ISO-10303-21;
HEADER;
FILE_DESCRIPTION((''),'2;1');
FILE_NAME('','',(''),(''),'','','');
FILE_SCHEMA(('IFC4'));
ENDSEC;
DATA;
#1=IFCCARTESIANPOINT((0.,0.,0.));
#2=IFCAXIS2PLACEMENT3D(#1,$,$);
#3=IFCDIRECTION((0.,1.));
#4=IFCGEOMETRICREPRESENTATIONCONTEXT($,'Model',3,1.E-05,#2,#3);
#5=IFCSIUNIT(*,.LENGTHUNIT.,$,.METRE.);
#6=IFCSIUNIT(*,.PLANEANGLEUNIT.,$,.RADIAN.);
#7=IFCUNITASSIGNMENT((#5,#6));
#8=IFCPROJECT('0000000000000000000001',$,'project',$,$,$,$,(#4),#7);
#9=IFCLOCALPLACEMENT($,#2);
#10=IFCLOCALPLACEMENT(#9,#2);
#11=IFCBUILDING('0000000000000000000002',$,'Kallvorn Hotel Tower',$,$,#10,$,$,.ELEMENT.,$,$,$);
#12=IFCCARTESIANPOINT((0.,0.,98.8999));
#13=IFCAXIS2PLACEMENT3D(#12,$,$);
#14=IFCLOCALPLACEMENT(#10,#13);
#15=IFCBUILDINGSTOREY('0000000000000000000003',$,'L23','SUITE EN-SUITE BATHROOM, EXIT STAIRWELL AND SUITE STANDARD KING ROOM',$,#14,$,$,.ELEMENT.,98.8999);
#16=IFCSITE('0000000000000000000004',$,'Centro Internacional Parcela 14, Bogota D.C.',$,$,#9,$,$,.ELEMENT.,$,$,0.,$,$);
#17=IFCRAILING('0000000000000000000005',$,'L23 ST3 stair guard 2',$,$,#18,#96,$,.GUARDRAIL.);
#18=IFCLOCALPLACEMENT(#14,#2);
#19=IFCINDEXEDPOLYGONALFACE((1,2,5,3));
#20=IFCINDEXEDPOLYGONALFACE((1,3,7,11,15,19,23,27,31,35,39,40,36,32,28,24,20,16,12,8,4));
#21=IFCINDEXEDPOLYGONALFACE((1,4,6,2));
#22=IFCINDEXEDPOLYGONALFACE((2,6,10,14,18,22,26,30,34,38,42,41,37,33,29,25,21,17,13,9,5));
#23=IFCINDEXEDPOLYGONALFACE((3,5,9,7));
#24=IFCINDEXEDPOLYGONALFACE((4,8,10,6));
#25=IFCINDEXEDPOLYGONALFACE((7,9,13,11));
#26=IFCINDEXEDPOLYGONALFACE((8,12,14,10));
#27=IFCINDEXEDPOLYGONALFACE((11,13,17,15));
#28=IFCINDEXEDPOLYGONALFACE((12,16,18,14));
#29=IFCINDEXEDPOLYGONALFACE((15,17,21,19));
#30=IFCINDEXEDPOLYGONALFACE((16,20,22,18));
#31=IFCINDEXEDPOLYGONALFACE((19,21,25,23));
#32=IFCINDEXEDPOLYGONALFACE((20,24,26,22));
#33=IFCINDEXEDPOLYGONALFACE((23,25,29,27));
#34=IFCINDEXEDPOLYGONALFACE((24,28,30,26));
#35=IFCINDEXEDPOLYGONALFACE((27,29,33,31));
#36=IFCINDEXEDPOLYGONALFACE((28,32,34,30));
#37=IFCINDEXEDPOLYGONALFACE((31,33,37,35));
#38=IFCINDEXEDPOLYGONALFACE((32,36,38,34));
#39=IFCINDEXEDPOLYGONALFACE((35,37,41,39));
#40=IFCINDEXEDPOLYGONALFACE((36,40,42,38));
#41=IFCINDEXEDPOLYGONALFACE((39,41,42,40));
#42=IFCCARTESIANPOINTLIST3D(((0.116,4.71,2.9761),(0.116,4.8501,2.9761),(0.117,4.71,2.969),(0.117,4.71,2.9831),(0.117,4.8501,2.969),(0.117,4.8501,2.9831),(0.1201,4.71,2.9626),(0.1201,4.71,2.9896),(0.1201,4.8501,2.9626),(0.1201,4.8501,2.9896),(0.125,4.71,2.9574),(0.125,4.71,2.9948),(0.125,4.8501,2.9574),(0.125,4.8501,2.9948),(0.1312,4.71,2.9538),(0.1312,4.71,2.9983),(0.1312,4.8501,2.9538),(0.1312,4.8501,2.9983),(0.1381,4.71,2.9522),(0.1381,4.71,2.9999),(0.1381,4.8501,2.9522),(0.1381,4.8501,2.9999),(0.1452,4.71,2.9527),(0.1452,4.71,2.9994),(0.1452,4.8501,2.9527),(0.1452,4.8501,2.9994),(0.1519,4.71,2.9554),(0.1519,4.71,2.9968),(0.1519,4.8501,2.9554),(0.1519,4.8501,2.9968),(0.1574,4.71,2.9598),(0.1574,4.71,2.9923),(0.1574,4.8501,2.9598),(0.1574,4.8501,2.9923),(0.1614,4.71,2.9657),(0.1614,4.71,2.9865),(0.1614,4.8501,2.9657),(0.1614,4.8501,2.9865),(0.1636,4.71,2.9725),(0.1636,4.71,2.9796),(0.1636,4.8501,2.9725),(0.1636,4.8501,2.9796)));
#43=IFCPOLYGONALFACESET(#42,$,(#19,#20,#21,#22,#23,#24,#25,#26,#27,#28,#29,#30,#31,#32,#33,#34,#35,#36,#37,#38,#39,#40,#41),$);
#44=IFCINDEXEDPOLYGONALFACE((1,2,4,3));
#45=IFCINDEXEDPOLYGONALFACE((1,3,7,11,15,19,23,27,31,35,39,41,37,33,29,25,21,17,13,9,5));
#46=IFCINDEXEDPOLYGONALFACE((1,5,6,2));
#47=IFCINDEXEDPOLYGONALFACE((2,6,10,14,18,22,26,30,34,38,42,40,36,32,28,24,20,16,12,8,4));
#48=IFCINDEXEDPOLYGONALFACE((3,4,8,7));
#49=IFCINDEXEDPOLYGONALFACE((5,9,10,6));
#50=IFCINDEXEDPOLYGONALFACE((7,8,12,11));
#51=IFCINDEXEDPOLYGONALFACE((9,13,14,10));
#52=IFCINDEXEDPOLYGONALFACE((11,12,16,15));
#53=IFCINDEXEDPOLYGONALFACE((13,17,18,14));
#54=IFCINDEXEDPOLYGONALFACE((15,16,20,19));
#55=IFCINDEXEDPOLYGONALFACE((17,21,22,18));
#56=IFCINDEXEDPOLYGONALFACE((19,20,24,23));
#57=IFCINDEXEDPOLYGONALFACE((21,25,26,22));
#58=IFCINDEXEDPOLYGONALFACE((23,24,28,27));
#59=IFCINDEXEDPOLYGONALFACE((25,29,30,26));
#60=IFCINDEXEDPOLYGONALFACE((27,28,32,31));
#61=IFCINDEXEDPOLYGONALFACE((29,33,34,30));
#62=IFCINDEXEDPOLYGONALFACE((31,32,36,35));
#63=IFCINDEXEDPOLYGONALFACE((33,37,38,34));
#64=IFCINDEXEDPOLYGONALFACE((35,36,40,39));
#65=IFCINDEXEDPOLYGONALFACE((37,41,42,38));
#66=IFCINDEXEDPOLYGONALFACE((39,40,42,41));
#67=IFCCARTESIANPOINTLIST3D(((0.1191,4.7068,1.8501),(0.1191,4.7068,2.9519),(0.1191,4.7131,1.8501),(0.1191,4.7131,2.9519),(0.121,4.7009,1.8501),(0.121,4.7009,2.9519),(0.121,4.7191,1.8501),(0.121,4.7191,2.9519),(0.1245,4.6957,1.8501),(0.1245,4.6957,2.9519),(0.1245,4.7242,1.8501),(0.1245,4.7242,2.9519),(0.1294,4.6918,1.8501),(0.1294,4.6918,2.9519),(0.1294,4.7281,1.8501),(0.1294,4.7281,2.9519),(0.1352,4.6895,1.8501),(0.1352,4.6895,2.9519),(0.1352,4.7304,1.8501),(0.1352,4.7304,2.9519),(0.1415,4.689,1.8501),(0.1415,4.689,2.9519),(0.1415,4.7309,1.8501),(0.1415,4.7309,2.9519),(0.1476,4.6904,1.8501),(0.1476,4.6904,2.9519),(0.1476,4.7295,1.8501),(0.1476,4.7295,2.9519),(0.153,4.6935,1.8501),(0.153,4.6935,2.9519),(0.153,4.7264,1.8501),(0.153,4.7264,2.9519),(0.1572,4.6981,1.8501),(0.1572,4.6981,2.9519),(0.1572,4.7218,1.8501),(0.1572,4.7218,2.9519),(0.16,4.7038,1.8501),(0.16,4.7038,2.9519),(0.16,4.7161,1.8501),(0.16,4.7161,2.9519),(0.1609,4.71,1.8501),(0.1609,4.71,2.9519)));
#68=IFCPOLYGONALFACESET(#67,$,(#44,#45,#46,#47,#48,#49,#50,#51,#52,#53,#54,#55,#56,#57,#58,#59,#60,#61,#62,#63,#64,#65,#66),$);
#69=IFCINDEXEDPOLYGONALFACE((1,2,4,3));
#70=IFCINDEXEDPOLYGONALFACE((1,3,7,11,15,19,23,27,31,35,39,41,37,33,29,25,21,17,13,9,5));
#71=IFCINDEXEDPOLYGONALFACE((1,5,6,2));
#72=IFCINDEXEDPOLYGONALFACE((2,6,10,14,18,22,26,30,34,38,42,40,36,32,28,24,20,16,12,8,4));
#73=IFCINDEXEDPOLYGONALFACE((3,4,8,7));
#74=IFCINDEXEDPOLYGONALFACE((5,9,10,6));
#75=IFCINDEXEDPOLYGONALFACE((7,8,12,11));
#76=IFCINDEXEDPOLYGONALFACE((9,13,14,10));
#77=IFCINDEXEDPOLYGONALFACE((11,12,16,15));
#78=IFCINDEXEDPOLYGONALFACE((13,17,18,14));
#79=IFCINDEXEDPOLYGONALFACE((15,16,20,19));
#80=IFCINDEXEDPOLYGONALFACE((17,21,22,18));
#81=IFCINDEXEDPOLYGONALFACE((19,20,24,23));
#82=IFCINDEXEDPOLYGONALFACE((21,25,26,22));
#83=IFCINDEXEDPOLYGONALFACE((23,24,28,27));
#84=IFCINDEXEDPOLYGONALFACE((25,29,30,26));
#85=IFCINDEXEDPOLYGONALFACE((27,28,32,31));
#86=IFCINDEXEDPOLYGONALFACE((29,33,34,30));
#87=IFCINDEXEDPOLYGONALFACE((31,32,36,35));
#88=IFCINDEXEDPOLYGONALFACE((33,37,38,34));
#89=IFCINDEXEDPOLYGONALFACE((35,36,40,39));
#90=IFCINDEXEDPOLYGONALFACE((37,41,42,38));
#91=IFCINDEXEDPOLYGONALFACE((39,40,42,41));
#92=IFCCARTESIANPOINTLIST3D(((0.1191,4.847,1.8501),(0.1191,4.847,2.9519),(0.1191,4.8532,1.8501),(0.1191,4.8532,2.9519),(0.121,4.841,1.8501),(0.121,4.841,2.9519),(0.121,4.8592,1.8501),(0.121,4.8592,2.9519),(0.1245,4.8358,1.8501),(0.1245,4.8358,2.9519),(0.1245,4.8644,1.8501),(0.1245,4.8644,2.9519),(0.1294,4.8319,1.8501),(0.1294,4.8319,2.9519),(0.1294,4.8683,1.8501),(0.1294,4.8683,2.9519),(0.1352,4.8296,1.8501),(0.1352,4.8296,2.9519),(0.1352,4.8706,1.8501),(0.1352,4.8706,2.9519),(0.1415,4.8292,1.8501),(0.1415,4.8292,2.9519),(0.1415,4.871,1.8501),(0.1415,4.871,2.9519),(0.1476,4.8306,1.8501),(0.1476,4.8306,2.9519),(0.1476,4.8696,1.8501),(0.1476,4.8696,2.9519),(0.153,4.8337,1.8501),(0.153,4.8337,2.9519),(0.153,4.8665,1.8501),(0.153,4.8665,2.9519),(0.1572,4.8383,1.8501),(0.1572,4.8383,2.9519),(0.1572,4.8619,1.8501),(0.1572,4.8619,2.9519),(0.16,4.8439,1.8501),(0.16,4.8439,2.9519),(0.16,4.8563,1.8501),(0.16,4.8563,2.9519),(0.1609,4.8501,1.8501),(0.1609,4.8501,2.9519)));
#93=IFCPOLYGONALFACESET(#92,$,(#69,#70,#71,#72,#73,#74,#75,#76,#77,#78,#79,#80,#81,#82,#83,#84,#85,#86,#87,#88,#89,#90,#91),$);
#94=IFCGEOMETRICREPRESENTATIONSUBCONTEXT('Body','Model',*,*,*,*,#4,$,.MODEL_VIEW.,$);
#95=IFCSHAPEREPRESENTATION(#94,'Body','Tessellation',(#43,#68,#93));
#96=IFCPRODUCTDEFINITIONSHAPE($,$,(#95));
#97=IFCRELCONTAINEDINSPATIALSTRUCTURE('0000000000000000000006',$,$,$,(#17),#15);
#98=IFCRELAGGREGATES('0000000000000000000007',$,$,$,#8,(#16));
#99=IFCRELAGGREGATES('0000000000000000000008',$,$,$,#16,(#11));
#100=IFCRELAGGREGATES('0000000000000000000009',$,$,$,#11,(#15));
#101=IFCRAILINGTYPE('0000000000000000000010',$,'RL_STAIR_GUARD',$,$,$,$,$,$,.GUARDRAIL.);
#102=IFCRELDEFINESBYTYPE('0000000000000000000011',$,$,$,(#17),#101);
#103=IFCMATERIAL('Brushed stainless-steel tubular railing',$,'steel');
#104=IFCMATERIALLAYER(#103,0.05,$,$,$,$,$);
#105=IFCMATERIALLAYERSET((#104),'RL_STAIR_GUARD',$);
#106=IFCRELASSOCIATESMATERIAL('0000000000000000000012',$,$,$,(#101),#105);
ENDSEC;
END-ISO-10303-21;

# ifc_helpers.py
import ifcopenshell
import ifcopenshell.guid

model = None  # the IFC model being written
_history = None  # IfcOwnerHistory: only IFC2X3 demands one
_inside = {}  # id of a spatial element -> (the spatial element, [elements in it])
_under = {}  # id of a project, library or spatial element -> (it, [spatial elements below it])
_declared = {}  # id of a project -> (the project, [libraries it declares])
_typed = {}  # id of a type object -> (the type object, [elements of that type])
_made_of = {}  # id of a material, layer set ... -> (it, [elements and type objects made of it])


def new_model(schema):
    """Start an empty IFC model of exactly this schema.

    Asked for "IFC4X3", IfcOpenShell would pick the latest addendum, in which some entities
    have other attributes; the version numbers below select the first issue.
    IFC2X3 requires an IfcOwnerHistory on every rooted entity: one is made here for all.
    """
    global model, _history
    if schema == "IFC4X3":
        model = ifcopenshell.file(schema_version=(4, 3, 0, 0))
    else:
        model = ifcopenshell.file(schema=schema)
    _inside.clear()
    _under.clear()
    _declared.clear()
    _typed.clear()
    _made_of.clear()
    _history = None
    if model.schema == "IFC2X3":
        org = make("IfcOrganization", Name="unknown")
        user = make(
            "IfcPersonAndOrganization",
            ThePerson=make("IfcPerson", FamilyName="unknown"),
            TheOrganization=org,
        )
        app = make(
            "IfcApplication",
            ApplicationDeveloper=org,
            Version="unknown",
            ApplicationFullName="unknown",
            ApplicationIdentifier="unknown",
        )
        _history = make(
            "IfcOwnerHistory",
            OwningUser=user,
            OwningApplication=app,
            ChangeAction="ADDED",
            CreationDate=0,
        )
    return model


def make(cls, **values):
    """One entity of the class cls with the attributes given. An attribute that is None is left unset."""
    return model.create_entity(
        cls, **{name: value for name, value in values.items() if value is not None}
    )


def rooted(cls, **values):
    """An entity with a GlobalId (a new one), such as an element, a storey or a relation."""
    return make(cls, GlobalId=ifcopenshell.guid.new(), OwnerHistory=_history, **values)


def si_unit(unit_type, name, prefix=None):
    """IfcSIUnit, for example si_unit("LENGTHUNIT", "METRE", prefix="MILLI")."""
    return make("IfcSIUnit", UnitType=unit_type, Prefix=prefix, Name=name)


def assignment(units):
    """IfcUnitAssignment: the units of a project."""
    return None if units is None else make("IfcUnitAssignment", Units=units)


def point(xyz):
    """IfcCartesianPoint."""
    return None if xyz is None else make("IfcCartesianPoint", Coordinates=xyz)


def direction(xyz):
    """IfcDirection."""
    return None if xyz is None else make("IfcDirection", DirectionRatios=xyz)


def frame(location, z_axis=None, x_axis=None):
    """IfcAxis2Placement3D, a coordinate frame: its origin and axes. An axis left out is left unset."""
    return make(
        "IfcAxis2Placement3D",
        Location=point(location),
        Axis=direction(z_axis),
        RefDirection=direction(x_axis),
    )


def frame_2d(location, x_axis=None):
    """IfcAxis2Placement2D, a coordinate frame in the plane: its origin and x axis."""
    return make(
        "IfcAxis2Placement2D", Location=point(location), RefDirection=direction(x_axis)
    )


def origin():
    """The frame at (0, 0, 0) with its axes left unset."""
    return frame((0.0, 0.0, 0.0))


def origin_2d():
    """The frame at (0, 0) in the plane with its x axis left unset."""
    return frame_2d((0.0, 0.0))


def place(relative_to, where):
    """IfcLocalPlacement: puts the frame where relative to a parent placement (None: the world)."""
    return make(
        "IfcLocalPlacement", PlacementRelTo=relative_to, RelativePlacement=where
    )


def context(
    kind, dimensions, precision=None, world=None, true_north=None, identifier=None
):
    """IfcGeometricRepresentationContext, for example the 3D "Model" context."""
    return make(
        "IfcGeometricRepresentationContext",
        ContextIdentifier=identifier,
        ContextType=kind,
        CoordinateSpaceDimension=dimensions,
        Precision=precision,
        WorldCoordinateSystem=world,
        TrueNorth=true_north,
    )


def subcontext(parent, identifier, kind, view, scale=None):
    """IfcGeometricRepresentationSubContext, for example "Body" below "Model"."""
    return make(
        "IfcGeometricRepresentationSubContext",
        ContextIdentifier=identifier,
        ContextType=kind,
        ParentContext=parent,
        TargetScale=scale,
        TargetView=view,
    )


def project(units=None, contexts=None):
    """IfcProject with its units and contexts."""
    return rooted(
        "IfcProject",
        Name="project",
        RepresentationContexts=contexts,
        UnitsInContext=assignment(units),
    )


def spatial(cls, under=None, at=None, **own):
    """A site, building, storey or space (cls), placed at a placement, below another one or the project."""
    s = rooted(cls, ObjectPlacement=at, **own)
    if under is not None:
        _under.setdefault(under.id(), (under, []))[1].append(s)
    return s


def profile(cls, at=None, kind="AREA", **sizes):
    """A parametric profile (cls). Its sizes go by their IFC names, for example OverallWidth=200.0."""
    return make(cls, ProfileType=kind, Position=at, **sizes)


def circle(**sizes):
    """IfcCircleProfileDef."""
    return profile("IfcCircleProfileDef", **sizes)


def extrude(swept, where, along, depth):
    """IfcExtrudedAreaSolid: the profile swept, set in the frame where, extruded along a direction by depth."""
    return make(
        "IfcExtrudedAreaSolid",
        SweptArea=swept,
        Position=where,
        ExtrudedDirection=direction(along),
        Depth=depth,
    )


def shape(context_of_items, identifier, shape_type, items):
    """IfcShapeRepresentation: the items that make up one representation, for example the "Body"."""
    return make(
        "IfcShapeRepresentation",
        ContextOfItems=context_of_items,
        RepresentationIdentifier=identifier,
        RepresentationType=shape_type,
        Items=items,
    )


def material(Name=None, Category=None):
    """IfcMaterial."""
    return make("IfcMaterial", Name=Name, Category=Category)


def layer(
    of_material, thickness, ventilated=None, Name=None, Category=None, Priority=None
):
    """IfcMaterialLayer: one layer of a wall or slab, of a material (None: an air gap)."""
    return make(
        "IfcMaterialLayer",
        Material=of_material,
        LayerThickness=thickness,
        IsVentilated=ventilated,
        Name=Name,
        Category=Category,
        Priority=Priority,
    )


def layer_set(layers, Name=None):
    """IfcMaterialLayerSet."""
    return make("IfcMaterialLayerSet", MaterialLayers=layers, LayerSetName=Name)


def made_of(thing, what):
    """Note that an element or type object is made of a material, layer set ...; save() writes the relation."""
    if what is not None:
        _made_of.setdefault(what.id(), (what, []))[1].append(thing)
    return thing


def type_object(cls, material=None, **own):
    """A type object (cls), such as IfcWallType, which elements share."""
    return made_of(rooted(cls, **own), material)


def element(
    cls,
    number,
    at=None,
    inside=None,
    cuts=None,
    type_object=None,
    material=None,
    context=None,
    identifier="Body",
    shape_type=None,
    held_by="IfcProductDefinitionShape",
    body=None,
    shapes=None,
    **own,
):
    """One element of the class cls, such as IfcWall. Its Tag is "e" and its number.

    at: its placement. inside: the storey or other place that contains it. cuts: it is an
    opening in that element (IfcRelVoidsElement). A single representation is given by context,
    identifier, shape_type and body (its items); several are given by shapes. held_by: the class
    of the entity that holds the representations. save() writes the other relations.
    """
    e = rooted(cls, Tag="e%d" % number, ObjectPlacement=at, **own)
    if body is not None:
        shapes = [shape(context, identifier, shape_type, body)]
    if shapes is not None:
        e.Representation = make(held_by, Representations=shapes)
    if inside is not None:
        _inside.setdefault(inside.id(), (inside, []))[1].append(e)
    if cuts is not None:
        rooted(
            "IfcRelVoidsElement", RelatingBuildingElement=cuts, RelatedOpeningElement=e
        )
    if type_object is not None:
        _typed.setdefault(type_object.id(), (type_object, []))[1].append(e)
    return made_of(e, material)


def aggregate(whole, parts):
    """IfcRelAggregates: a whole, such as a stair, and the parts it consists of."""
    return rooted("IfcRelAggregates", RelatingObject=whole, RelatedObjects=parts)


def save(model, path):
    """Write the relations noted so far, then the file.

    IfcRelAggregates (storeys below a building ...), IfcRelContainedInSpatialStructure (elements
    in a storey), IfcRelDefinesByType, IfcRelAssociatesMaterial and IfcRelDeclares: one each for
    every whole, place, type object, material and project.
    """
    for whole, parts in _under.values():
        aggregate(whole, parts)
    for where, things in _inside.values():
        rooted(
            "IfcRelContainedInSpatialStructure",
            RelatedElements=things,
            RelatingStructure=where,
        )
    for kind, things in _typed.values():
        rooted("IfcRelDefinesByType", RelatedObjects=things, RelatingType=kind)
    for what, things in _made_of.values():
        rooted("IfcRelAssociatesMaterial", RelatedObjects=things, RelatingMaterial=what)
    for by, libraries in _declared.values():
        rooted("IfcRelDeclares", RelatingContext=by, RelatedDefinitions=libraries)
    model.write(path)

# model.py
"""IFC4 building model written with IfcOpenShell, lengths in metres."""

from ifc_helpers import new_model, si_unit, direction, frame, origin, origin_2d, place, context, subcontext, project, spatial, circle, extrude, material, layer, layer_set, type_object, element, save


model = new_model("IFC4")

# Units and contexts
model_context = context("Model", 3, precision=1e-05, world=origin(), true_north=direction((0.0, 1.0)))
body_context = subcontext(model_context, "Body", "Model", "MODEL_VIEW")
ifc_project = project(units=[si_unit("LENGTHUNIT", "METRE"), si_unit("PLANEANGLEUNIT", "RADIAN")], contexts=[model_context])

# Site, building, storey
site_placement = place(None, origin())
site = spatial("IfcSite", under=ifc_project, at=site_placement, Name="Centro Internacional Parcela 14, Bogota D.C.", CompositionType="ELEMENT", RefElevation=0.0)
building_placement = place(site_placement, origin())
building = spatial("IfcBuilding", under=site, at=building_placement, Name="Kallvorn Hotel Tower", CompositionType="ELEMENT")
storey_placement = place(building_placement, frame((0.0, 0.0, 98.8999)))
storey = spatial("IfcBuildingStorey", under=building, at=storey_placement, Name="L23", Description="SUITE EN-SUITE BATHROOM, EXIT STAIRWELL AND SUITE STANDARD KING ROOM", CompositionType="ELEMENT", Elevation=98.8999)

# Railing
ifc_material_1 = material(Name="Brushed stainless-steel tubular railing", Category="steel")
ifc_layer_1 = layer(ifc_material_1, 0.05)
ifc_layer_set_1 = layer_set([ifc_layer_1], Name="RL_STAIR_GUARD")
railing_type_1 = type_object("IfcRailingType", Name="RL_STAIR_GUARD", PredefinedType="GUARDRAIL", material=ifc_layer_set_1)
railing_1_placement = place(storey_placement, frame((0.1399, 4.71, 1.8501)))
element("IfcRailing", 1, at=railing_1_placement, inside=storey, type_object=railing_type_1, Name="L23 ST3 stair guard 2", PredefinedType="GUARDRAIL", context=body_context, shape_type="SweptSolid", body=[
    extrude(circle(Radius=0.0239, at=origin_2d()), frame((0.0, 0.0, 1.126), z_axis=(0.0, 1.0, 0.0), x_axis=(-1.0, 0.0, 0.0)), (0.0, 0.0, 1.0), 0.1401),
    extrude(circle(Radius=0.021, at=origin_2d()), origin(), (0.0, 0.0, 1.0), 1.1018),
    extrude(circle(Radius=0.021, at=origin_2d()), frame((0.0, 0.1401, 0.0)), (0.0, 0.0, 1.0), 1.1018),
])

save(model, "model.ifc")
